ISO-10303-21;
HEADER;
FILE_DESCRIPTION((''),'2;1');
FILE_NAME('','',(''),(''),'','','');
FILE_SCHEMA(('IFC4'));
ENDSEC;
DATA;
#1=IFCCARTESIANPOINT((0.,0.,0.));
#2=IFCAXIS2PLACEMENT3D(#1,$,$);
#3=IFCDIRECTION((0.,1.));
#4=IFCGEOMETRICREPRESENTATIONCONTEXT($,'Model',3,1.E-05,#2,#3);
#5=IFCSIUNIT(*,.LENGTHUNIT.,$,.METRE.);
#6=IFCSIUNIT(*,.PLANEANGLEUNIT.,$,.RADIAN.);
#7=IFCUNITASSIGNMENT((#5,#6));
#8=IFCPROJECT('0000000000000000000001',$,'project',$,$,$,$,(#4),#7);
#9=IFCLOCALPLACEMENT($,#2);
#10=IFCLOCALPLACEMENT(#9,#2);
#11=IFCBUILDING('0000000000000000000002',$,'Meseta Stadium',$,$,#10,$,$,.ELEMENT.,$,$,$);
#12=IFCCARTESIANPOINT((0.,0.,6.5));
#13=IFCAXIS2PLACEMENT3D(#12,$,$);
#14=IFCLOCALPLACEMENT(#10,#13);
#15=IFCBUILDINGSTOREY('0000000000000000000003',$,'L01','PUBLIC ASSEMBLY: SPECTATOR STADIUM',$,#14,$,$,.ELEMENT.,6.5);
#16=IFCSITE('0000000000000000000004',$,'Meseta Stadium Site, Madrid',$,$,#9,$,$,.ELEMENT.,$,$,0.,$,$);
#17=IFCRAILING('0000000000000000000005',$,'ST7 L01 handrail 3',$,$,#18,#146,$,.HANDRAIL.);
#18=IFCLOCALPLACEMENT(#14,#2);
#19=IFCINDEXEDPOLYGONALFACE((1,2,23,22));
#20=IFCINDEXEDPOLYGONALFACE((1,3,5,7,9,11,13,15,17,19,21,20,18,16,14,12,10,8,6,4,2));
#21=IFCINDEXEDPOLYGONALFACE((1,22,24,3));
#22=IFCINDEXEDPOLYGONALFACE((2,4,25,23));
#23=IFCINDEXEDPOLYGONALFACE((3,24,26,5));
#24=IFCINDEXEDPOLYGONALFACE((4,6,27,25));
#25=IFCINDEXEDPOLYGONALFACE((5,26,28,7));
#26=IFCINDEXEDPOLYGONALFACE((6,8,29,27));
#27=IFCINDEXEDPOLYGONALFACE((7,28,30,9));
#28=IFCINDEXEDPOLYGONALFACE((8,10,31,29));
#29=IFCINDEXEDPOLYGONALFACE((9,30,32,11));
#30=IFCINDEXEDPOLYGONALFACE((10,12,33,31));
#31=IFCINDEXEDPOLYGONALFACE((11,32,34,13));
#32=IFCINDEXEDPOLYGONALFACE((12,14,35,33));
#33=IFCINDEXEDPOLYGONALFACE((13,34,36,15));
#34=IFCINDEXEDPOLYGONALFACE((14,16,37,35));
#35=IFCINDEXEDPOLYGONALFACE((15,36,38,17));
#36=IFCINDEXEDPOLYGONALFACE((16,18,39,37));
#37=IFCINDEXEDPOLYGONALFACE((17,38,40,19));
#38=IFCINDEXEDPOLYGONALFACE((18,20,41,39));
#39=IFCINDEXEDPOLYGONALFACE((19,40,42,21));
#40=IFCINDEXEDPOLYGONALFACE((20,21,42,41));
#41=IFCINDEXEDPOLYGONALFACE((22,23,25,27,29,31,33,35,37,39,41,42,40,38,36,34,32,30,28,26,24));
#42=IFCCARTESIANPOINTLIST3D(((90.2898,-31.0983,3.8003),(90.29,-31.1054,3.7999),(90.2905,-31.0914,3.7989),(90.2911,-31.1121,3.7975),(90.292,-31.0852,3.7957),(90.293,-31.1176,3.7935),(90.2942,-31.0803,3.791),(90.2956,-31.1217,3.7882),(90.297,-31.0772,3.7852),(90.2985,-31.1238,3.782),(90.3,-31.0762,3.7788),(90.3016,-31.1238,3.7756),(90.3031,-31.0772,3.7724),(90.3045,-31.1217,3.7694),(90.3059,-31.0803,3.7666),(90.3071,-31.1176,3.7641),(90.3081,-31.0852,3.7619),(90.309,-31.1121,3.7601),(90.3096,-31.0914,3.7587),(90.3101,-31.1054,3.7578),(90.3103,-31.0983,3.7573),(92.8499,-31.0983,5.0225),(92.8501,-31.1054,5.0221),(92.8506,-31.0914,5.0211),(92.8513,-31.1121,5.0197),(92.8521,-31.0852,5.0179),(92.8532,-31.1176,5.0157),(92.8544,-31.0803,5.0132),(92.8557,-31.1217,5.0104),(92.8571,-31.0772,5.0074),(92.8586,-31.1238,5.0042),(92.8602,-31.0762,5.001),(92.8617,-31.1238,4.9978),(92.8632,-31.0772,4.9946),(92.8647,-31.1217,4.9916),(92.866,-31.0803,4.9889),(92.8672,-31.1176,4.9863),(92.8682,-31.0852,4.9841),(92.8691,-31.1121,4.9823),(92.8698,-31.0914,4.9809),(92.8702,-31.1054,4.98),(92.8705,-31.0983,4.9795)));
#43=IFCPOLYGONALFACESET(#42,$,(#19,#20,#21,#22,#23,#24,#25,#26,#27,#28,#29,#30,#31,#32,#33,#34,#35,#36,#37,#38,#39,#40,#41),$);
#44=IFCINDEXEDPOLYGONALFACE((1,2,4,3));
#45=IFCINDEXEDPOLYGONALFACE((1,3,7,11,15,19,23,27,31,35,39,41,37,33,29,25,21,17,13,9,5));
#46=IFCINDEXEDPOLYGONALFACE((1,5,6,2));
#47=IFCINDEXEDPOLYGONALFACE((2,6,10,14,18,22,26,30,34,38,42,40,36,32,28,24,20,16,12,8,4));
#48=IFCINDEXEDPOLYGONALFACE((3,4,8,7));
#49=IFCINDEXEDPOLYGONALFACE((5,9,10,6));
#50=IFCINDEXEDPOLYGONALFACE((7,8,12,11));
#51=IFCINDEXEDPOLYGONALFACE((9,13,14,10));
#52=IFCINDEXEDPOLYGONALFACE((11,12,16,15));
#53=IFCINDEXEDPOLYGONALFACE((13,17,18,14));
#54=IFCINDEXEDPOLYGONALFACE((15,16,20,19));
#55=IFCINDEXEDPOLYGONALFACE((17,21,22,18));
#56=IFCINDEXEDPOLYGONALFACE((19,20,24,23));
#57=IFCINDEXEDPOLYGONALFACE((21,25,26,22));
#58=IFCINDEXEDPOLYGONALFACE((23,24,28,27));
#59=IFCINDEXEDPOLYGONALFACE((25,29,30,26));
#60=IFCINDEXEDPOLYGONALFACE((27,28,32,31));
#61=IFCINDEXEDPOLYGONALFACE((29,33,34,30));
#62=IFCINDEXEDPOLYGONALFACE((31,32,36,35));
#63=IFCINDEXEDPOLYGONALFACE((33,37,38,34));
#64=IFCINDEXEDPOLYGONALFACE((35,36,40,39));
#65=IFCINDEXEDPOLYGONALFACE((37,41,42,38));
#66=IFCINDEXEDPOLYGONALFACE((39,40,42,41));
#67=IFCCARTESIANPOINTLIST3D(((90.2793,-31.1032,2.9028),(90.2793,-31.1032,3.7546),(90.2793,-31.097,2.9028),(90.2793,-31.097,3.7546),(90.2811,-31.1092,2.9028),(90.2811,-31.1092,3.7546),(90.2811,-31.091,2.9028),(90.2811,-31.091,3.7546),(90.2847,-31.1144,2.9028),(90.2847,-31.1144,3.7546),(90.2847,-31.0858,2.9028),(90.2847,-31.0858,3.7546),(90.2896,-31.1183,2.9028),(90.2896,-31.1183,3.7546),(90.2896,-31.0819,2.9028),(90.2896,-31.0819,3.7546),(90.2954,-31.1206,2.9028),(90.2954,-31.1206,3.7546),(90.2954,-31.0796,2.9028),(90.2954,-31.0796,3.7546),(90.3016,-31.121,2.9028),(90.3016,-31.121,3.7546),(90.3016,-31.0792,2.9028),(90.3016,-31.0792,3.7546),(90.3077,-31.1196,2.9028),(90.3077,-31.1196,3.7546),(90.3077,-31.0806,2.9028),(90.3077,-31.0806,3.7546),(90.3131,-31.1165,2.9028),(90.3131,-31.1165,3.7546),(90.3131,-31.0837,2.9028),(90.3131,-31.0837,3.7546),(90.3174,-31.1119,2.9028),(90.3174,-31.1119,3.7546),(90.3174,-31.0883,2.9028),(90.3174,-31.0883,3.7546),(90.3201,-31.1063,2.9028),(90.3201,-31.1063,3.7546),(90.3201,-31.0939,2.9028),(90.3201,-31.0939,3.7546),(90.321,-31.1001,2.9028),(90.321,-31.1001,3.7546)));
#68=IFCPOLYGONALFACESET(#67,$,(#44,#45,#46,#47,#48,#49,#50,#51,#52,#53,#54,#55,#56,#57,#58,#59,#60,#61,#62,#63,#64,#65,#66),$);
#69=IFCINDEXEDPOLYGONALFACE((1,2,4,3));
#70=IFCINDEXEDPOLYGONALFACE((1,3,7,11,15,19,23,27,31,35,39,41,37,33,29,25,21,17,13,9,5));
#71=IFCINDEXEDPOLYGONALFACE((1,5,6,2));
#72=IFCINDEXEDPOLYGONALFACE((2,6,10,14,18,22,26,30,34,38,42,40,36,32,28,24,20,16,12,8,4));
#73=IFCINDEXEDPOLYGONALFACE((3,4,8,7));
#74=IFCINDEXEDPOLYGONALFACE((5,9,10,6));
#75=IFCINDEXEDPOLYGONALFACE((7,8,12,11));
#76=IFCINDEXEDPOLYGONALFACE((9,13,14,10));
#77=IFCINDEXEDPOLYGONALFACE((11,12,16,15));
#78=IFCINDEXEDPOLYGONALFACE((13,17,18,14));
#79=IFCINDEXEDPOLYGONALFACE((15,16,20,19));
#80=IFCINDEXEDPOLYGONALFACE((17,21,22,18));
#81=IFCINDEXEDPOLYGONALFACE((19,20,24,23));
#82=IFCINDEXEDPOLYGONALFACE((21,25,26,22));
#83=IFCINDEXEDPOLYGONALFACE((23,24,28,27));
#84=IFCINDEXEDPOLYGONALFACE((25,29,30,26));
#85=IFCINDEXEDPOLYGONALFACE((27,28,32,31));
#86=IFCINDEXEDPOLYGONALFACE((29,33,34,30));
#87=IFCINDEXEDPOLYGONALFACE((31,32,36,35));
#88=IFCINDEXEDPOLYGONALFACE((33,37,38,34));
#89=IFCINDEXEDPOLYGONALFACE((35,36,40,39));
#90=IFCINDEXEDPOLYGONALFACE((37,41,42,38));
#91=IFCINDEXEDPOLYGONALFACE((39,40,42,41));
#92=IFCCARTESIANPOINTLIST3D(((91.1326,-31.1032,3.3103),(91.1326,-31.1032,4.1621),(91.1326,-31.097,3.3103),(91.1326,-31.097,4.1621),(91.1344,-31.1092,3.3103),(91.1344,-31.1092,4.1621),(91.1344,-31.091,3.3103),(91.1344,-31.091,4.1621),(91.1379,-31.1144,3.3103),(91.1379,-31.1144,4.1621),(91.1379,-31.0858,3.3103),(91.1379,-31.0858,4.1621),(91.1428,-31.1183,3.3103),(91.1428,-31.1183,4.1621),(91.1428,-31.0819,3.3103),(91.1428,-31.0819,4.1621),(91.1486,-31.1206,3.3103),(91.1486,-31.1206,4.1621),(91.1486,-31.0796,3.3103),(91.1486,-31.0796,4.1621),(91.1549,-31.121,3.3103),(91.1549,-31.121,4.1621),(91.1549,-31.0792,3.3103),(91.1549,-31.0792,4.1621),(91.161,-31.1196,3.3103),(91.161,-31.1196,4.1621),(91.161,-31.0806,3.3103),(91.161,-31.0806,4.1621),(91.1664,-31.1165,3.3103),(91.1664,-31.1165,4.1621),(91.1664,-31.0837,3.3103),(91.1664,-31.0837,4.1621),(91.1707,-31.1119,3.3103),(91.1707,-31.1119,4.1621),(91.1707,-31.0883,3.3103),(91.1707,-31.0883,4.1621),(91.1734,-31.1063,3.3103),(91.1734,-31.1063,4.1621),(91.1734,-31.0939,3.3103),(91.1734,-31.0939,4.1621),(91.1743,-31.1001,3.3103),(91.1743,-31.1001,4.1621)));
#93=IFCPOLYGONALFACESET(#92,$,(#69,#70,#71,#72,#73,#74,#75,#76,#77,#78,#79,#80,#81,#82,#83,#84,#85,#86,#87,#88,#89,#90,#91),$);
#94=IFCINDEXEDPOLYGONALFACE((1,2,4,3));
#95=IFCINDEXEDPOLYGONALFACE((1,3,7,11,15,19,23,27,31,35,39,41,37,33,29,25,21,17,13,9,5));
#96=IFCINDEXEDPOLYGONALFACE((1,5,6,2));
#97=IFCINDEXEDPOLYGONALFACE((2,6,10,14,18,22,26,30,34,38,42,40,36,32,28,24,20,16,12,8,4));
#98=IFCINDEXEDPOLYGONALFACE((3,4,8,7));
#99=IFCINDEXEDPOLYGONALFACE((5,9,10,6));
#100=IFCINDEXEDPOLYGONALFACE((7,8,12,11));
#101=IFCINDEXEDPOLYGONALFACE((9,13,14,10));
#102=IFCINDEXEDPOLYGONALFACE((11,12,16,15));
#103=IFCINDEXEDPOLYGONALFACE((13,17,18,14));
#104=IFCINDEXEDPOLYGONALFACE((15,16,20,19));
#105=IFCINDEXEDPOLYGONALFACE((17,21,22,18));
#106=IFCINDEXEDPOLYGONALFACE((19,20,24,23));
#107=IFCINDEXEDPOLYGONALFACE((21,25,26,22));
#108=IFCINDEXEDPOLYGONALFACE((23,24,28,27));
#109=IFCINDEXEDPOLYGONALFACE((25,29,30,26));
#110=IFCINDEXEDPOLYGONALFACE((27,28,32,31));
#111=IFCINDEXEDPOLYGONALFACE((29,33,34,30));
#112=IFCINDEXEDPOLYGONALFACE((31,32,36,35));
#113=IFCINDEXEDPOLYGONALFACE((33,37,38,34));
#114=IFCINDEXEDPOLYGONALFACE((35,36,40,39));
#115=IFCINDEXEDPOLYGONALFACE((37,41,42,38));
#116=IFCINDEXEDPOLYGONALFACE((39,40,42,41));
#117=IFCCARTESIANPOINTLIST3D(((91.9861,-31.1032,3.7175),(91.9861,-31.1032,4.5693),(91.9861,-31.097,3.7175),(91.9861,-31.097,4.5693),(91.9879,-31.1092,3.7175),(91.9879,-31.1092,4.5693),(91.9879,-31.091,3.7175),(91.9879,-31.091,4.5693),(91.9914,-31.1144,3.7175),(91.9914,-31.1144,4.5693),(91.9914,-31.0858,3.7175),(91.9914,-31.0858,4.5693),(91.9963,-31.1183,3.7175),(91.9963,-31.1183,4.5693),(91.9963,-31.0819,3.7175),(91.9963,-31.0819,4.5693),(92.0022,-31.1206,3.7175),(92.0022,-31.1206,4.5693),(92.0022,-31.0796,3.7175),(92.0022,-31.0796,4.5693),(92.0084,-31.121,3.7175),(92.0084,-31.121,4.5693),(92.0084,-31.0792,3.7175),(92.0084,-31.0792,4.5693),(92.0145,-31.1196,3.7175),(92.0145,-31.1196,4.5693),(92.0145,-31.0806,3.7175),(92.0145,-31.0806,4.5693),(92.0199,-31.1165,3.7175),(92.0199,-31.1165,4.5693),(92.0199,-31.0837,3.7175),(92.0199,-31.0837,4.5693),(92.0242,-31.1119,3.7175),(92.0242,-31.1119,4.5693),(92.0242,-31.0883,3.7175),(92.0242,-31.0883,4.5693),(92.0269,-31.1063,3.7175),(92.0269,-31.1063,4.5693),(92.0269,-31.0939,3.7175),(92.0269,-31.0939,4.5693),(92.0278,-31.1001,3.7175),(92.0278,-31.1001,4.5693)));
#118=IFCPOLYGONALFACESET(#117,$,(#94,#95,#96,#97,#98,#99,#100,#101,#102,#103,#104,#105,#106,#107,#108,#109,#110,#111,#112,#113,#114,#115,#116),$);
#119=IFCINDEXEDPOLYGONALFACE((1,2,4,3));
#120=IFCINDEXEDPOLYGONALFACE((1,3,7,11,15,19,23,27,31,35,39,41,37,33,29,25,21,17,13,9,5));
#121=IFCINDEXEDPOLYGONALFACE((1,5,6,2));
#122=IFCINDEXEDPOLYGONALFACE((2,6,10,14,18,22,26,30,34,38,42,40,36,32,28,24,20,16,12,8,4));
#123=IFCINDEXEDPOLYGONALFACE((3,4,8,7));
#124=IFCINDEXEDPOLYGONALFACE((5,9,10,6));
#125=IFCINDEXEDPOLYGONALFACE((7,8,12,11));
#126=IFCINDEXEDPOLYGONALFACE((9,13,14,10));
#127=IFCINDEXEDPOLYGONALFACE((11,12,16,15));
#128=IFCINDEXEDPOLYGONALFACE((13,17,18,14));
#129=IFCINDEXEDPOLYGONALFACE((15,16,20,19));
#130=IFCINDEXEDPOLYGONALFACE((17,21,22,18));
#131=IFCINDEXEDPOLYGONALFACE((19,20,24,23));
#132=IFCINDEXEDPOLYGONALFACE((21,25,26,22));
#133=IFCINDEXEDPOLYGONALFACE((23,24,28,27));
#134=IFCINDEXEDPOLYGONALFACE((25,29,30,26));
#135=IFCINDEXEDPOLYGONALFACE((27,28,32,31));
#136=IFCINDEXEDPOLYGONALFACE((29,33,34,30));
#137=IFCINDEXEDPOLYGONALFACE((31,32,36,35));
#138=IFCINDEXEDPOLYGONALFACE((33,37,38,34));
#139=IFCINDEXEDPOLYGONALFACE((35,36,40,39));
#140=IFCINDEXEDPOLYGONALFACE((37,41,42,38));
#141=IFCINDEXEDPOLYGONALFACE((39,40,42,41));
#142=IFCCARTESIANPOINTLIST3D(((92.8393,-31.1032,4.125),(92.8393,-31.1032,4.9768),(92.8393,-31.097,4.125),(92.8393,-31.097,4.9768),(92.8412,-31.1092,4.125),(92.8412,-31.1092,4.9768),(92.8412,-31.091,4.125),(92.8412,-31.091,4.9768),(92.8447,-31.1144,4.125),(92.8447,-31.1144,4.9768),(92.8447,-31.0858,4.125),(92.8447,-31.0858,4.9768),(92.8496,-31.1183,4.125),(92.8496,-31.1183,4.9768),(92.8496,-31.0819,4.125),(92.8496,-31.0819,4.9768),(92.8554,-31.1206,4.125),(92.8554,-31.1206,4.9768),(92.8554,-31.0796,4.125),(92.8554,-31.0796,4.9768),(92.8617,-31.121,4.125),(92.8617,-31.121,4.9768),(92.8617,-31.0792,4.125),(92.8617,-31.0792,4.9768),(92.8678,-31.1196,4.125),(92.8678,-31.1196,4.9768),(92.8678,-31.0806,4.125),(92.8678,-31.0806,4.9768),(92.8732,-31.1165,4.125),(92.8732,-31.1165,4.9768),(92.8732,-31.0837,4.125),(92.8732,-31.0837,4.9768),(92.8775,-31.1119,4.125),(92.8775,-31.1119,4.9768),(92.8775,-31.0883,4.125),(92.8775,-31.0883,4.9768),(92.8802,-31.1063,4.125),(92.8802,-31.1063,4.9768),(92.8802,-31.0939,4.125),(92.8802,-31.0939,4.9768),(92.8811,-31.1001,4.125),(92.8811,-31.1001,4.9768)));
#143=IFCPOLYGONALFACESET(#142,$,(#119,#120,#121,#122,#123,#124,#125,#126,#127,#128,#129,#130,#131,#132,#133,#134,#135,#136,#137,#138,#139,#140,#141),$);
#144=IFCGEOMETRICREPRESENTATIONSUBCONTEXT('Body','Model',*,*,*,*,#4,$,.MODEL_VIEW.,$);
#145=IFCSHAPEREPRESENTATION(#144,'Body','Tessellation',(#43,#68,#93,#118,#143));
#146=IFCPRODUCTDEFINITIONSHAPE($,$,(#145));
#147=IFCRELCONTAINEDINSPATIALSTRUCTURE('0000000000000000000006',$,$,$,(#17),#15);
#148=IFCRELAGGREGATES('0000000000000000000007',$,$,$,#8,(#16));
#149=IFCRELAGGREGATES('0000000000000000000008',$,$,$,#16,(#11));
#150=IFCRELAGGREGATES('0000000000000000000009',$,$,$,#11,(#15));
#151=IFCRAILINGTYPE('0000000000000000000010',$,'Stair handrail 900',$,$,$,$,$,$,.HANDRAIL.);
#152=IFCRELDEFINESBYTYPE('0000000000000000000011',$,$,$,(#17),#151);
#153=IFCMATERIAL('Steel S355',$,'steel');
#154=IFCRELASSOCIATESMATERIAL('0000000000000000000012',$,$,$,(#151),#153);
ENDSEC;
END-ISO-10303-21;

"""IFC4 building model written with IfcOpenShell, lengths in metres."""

from ifc_helpers import new_model, si_unit, direction, frame, origin, origin_2d, place, context, subcontext, project, spatial, circle, extrude, material, type_object, element, save


model = new_model("IFC4")

# Units and contexts
model_context = context("Model", 3, precision=1e-05, world=origin(), true_north=direction((0.0, 1.0)))
body_context = subcontext(model_context, "Body", "Model", "MODEL_VIEW")
ifc_project = project(units=[si_unit("LENGTHUNIT", "METRE"), si_unit("PLANEANGLEUNIT", "RADIAN")], contexts=[model_context])

# Site, building, storey
site_placement = place(None, origin())
site = spatial("IfcSite", under=ifc_project, at=site_placement, Name="Meseta Stadium Site, Madrid", CompositionType="ELEMENT", RefElevation=0.0)
building_placement = place(site_placement, origin())
building = spatial("IfcBuilding", under=site, at=building_placement, Name="Meseta Stadium", CompositionType="ELEMENT")
storey_placement = place(building_placement, frame((0.0, 0.0, 6.5)))
storey = spatial("IfcBuildingStorey", under=building, at=storey_placement, Name="L01", Description="PUBLIC ASSEMBLY: SPECTATOR STADIUM", CompositionType="ELEMENT", Elevation=6.5)

# Railing
ifc_material_1 = material(Name="Steel S355", Category="steel")
railing_type_1 = type_object("IfcRailingType", Name="Stair handrail 900", PredefinedType="HANDRAIL", material=ifc_material_1)
railing_1_placement = place(storey_placement, frame((90.3, -31.1001, 2.9028)))
element("IfcRailing", 1, at=railing_1_placement, inside=storey, type_object=railing_type_1, Name="ST7 L01 handrail 3", PredefinedType="HANDRAIL", context=body_context, shape_type="SweptSolid", body=[
    extrude(circle(Radius=0.0239, at=origin_2d()), frame((0.0, 0.0, 0.876), z_axis=(0.902437, 0.0, 0.430822), x_axis=(0.0, 1.0, 0.0)), (0.0, 0.0, 1.0), 2.8369),
    extrude(circle(Radius=0.021, at=origin_2d()), origin(), (0.0, 0.0, 1.0), 0.8518),
    extrude(circle(Radius=0.021, at=origin_2d()), frame((0.8533, 0.0, 0.4075)), (0.0, 0.0, 1.0), 0.8518),
    extrude(circle(Radius=0.021, at=origin_2d()), frame((1.7068, 0.0, 0.8147)), (0.0, 0.0, 1.0), 0.8518),
    extrude(circle(Radius=0.021, at=origin_2d()), frame((2.5601, 0.0, 1.2222)), (0.0, 0.0, 1.0), 0.8518),
])

save(model, "model.ifc")
